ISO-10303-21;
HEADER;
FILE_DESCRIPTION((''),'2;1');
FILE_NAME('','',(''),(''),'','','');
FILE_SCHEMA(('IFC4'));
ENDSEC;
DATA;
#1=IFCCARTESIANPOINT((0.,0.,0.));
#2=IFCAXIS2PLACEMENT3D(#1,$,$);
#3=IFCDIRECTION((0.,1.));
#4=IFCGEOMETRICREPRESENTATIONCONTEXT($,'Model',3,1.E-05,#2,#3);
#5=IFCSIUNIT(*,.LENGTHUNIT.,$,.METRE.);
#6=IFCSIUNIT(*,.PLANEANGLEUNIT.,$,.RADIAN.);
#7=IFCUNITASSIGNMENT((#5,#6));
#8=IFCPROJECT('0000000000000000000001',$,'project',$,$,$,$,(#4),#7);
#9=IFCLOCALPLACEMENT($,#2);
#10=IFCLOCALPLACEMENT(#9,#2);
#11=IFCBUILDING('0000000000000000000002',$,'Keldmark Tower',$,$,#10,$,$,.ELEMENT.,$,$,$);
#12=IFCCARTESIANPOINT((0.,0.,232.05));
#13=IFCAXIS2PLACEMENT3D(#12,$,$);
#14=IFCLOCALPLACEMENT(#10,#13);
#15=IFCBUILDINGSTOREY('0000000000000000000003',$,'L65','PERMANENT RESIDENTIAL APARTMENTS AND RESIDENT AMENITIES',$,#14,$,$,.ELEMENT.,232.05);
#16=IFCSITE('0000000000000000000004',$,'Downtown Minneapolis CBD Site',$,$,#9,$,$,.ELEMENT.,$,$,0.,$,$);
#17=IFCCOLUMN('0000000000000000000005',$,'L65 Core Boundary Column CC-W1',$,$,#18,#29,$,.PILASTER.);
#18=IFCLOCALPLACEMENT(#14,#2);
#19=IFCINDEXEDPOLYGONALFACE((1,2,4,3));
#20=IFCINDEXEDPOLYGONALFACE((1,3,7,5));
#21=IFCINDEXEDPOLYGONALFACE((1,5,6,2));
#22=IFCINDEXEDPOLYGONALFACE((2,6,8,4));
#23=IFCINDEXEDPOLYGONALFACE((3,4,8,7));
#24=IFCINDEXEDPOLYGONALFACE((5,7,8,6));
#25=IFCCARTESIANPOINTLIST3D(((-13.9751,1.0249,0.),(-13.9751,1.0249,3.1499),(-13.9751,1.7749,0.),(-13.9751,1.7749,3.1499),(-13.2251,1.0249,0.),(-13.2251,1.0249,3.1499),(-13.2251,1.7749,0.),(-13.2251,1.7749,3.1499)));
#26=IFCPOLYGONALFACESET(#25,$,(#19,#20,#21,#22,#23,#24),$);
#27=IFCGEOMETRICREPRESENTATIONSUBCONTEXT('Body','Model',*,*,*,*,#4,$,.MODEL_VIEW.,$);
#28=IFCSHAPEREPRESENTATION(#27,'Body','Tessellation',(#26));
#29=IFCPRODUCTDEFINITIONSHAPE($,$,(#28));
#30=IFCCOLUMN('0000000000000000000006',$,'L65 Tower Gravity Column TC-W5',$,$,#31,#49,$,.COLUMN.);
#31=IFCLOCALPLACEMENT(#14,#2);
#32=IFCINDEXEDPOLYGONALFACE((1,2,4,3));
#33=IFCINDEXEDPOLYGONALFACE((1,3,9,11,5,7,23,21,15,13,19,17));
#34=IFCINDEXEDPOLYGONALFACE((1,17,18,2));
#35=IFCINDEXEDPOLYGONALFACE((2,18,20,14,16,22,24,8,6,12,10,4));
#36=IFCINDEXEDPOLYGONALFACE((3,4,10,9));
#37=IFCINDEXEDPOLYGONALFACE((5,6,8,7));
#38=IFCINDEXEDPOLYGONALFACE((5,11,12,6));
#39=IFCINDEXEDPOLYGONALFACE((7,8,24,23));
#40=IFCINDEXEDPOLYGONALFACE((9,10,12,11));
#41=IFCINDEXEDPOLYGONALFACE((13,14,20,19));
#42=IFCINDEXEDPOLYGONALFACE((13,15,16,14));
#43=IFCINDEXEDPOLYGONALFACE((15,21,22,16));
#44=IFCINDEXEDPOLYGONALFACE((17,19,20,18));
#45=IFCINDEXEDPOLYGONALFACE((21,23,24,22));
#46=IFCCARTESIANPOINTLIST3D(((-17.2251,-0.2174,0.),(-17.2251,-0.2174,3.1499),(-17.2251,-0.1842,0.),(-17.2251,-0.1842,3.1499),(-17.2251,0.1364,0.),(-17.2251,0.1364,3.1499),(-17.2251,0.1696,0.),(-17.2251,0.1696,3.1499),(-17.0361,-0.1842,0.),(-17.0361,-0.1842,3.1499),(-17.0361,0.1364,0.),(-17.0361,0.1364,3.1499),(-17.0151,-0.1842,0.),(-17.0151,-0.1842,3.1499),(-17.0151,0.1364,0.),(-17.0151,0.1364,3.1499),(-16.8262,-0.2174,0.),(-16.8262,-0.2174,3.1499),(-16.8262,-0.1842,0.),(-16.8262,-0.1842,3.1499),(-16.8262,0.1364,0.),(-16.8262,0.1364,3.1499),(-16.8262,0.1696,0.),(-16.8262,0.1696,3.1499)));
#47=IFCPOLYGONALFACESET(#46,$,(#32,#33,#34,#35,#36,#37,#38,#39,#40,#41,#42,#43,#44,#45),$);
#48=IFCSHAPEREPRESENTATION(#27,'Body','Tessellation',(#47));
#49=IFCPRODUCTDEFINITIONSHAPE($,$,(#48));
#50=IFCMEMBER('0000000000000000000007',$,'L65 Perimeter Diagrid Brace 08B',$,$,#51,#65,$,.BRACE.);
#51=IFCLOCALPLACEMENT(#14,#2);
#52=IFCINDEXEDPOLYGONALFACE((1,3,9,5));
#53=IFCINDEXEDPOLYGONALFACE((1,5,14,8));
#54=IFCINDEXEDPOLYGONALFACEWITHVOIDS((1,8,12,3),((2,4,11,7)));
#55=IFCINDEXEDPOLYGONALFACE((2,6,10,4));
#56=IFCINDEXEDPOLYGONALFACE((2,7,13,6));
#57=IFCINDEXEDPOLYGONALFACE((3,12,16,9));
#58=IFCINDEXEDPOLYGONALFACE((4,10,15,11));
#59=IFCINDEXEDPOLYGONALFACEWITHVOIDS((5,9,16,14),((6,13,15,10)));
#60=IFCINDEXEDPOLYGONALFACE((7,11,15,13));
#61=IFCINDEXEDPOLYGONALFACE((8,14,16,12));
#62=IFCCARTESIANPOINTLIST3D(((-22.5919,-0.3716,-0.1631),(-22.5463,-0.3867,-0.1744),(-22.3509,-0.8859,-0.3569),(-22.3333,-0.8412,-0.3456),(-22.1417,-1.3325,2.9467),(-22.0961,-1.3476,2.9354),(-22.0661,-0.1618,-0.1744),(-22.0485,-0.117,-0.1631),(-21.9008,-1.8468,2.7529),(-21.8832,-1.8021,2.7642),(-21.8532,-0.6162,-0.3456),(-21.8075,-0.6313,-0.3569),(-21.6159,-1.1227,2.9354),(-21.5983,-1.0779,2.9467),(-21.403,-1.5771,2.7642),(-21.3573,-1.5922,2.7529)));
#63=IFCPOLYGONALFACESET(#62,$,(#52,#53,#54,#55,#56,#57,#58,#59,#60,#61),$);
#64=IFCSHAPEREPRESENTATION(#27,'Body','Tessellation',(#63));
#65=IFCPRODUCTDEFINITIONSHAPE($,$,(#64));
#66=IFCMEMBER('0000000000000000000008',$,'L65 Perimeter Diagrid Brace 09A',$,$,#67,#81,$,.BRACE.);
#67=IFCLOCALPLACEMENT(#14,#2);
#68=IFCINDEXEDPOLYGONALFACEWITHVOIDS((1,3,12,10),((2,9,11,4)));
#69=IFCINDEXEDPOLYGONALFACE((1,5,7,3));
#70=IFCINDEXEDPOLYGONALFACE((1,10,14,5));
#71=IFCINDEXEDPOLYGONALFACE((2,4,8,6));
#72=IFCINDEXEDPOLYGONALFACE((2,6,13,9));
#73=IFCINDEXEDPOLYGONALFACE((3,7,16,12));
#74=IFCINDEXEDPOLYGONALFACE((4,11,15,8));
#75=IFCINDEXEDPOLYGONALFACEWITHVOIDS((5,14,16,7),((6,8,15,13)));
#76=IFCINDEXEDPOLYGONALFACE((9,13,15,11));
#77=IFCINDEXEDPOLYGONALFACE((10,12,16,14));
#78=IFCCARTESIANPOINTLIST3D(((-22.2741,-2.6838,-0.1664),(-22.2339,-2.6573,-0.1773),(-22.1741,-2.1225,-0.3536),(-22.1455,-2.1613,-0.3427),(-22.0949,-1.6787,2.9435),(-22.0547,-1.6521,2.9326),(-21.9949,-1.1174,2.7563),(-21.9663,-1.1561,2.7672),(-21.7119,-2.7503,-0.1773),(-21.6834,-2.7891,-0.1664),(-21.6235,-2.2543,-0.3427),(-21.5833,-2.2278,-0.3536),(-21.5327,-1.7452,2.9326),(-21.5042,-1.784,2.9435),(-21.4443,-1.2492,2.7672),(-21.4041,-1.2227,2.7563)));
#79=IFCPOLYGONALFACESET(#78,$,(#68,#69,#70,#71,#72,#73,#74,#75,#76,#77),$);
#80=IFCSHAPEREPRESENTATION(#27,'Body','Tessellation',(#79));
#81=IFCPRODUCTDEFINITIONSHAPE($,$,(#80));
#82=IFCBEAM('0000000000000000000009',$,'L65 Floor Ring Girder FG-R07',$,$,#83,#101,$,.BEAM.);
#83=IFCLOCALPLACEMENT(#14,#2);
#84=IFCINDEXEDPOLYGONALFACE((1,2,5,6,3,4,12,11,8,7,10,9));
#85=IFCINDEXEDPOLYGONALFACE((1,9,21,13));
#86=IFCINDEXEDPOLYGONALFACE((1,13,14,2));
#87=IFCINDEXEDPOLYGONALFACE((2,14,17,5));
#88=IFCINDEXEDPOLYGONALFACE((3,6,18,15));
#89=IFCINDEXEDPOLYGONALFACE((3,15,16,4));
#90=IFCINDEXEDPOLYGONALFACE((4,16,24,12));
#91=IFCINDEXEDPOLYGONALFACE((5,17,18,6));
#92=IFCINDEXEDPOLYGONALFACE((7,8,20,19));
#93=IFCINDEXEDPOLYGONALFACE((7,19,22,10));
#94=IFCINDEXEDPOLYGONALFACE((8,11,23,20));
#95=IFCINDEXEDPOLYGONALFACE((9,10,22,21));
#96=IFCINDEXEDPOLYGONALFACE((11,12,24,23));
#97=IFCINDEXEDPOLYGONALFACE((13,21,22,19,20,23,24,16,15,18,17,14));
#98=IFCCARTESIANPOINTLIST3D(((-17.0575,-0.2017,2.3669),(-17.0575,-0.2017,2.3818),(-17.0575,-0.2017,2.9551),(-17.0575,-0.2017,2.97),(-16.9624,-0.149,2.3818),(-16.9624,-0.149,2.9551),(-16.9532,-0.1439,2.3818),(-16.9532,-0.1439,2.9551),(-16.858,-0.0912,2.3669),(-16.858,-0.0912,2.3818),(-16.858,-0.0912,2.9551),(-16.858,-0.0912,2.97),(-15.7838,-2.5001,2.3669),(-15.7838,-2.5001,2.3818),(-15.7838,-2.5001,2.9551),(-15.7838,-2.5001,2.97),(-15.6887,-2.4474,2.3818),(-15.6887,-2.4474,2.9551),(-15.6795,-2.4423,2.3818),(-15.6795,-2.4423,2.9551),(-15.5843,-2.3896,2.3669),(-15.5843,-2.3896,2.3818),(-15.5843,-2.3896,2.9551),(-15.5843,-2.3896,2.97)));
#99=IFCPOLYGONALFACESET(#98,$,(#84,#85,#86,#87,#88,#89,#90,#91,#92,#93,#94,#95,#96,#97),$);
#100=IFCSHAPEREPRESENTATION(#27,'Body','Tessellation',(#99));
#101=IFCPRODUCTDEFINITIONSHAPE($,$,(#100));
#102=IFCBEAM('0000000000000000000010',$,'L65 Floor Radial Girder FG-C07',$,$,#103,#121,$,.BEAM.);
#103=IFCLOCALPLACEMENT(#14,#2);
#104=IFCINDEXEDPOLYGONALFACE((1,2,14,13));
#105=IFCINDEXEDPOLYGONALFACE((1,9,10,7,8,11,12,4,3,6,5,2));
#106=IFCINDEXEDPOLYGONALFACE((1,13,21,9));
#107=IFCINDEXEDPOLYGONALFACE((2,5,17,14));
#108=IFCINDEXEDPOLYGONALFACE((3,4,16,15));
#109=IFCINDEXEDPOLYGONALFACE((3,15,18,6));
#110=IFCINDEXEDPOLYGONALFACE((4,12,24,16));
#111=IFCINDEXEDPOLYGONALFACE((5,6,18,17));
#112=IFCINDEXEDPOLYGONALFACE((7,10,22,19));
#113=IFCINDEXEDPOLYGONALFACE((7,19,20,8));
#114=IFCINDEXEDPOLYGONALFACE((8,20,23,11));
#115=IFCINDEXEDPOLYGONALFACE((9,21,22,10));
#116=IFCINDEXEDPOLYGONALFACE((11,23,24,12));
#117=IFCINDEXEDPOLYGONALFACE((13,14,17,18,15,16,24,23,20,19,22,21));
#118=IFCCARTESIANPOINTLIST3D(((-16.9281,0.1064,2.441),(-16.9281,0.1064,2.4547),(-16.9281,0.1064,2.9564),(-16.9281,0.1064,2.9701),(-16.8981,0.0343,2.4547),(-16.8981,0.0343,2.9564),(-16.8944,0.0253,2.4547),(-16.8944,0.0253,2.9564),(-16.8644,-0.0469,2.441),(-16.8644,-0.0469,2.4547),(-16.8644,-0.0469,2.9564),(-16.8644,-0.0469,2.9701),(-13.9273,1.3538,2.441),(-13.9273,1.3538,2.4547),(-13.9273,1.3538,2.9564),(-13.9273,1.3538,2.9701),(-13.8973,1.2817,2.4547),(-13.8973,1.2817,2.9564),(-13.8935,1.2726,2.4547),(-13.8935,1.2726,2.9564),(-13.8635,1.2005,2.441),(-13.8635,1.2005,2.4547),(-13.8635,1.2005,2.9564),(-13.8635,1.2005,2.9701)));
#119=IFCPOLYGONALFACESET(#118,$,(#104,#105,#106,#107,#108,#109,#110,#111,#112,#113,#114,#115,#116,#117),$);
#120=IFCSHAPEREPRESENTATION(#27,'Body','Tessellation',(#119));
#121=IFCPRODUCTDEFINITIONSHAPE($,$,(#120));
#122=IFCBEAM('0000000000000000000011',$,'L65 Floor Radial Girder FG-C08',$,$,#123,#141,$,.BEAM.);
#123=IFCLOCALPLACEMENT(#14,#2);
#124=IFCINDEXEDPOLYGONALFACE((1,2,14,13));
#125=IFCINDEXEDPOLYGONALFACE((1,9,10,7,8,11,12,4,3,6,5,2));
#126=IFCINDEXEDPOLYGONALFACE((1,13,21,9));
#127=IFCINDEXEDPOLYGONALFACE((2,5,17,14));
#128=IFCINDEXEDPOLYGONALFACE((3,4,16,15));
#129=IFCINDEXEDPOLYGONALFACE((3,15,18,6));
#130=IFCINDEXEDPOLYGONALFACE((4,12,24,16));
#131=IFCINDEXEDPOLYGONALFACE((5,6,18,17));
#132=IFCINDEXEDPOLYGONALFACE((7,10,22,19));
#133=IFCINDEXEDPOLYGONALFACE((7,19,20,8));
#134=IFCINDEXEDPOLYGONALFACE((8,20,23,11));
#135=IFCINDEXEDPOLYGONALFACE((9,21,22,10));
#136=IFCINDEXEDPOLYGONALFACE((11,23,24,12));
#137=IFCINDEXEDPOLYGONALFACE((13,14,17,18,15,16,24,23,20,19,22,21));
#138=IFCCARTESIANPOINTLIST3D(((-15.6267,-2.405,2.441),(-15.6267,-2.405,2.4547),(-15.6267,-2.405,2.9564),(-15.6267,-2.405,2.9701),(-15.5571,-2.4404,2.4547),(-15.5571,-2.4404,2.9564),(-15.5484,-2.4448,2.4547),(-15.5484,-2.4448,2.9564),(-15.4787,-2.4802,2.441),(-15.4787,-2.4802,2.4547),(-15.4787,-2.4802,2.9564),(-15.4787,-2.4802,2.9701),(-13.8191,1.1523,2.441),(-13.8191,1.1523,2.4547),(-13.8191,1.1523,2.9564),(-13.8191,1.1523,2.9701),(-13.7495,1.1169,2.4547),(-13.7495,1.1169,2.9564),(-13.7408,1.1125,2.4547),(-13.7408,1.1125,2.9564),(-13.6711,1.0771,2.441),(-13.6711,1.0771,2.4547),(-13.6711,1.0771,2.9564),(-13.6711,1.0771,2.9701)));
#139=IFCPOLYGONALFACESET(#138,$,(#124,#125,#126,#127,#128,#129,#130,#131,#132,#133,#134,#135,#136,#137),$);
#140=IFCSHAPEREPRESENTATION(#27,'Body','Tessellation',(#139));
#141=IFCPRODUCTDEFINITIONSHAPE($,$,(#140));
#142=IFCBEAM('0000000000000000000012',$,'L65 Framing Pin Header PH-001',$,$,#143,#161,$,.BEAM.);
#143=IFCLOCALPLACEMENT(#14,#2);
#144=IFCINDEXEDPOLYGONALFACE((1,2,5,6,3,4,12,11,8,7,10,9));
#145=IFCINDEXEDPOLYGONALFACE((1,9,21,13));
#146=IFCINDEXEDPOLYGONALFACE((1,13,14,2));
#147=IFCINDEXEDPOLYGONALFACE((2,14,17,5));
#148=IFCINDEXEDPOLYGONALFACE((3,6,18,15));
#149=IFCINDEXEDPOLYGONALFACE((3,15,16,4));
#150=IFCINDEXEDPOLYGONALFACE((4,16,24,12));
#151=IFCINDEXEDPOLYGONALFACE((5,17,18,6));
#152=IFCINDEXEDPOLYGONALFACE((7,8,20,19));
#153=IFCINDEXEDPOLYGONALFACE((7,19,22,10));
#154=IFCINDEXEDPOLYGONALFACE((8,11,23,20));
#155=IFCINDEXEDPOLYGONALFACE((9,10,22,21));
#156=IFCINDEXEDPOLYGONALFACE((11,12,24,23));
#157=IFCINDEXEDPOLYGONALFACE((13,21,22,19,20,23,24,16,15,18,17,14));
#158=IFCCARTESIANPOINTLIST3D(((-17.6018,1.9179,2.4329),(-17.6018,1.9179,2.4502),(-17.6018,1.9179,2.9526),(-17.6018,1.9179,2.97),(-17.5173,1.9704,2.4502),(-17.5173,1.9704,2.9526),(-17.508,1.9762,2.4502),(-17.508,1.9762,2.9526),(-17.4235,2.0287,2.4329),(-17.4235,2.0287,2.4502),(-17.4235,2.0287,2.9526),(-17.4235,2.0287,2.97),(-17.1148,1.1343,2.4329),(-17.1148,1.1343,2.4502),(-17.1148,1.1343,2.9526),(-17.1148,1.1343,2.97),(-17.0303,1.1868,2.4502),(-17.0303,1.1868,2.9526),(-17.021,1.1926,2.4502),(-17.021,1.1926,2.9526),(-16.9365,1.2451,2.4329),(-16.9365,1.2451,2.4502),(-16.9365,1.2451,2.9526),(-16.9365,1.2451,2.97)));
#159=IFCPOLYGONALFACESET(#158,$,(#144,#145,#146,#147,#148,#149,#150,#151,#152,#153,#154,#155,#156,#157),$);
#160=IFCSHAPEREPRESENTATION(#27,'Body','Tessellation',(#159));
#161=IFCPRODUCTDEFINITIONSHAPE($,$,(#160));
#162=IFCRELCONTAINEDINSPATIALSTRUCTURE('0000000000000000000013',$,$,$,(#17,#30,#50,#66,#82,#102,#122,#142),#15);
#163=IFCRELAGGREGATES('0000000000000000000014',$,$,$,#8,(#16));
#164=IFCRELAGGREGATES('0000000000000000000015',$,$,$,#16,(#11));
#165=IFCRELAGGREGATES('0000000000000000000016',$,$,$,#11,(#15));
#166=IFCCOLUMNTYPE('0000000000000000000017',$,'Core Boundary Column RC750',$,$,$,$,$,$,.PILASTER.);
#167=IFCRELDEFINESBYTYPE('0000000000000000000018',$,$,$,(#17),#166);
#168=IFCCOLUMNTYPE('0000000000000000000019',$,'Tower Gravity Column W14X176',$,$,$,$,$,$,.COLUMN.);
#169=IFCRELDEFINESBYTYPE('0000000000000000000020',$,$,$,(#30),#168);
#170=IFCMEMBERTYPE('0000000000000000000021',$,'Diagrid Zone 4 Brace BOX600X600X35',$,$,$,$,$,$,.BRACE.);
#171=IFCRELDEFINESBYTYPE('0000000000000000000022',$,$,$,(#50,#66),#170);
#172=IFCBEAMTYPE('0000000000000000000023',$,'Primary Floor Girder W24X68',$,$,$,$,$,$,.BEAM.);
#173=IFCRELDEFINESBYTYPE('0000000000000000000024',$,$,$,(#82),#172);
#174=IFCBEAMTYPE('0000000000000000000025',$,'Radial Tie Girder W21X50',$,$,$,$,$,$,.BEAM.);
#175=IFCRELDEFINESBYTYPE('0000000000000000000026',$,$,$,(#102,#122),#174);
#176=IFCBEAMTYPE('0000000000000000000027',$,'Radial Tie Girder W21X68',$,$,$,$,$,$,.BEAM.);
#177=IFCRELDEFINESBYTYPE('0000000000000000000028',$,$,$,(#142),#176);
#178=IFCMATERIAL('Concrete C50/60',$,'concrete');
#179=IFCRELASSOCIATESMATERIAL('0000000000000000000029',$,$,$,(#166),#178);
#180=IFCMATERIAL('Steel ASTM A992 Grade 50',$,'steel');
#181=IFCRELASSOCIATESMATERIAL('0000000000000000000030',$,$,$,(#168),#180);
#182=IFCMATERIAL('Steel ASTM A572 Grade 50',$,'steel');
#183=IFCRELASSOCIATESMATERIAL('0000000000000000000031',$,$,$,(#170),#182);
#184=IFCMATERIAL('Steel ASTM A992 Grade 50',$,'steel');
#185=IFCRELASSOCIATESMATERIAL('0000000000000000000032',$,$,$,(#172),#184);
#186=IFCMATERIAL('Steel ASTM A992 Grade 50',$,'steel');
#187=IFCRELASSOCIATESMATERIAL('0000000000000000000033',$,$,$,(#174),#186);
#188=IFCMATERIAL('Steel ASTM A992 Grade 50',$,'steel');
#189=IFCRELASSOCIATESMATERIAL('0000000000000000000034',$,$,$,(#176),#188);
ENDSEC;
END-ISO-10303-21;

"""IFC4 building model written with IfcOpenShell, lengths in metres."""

from ifc_helpers import new_model, si_unit, direction, frame, origin, origin_2d, place, context, subcontext, project, spatial, rectangle, hollow_rectangle, i_section, extrude, material, material_profile, profile_set, type_object, element, save


model = new_model("IFC4")

# Units and contexts
model_context = context("Model", 3, precision=1e-05, world=origin(), true_north=direction((0.0, 1.0)))
body_context = subcontext(model_context, "Body", "Model", "MODEL_VIEW")
ifc_project = project(units=[si_unit("LENGTHUNIT", "METRE"), si_unit("PLANEANGLEUNIT", "RADIAN")], contexts=[model_context])

# Site, building, storey
site_placement = place(None, origin())
site = spatial("IfcSite", under=ifc_project, at=site_placement, Name="Downtown Minneapolis CBD Site", CompositionType="ELEMENT", RefElevation=0.0)
building_placement = place(site_placement, origin())
building = spatial("IfcBuilding", under=site, at=building_placement, Name="Keldmark Tower", CompositionType="ELEMENT")
storey_placement = place(building_placement, frame((0.0, 0.0, 232.05)))
storey = spatial("IfcBuildingStorey", under=building, at=storey_placement, Name="L65", Description="PERMANENT RESIDENTIAL APARTMENTS AND RESIDENT AMENITIES", CompositionType="ELEMENT", Elevation=232.05)

# Columns
ifc_material_1 = material(Name="Concrete C50/60", Category="concrete")
ifc_material_profile_1 = material_profile(ifc_material_1, rectangle(XDim=0.75, YDim=0.75, at=origin_2d()), Name="RC750X750")
ifc_profile_set_1 = profile_set([ifc_material_profile_1], Name="Concrete C50/60")
column_type_1 = type_object("IfcColumnType", Name="Core Boundary Column RC750", PredefinedType="PILASTER", material=ifc_profile_set_1)
column_1_placement = place(storey_placement, frame((-13.6001, 1.3999, 0.0), z_axis=(0.0, 0.0, 1.0), x_axis=(1.0, 0.0, 0.0)))
element("IfcColumn", 1, at=column_1_placement, inside=storey, type_object=column_type_1, Name="L65 Core Boundary Column CC-W1", PredefinedType="PILASTER", context=body_context, shape_type="SweptSolid", body=[
    extrude(rectangle(XDim=0.75, YDim=0.75, at=origin_2d()), origin(), (0.0, 0.0, 1.0), 3.1499),
])
ifc_material_2 = material(Name="Steel ASTM A992 Grade 50", Category="steel")
ifc_material_profile_2 = material_profile(ifc_material_2, i_section(OverallWidth=0.3989, OverallDepth=0.387, WebThickness=0.021, FlangeThickness=0.0332, at=origin_2d()), Name="W14X176")
ifc_profile_set_2 = profile_set([ifc_material_profile_2], Name="Steel ASTM A992 Grade 50")
column_type_2 = type_object("IfcColumnType", Name="Tower Gravity Column W14X176", PredefinedType="COLUMN", material=ifc_profile_set_2)
column_2_placement = place(storey_placement, frame((-17.0256, -0.0239, 0.0), z_axis=(0.0, 0.0, 1.0), x_axis=(1.0, 0.0, 0.0)))
element("IfcColumn", 2, at=column_2_placement, inside=storey, type_object=column_type_2, Name="L65 Tower Gravity Column TC-W5", PredefinedType="COLUMN", context=body_context, shape_type="SweptSolid", body=[
    extrude(i_section(OverallWidth=0.3989, OverallDepth=0.387, WebThickness=0.021, FlangeThickness=0.0332, at=origin_2d()), origin(), (0.0, 0.0, 1.0), 3.1499),
])

# Members
ifc_material_3 = material(Name="Steel ASTM A572 Grade 50", Category="steel")
ifc_material_profile_3 = material_profile(ifc_material_3, hollow_rectangle(XDim=0.6001, YDim=0.6001, WallThickness=0.0349, at=origin_2d()), Name="BOX600X600X35")
ifc_profile_set_3 = profile_set([ifc_material_profile_3], Name="Steel ASTM A572 Grade 50")
member_type = type_object("IfcMemberType", Name="Diagrid Zone 4 Brace BOX600X600X35", PredefinedType="BRACE", material=ifc_profile_set_3)
member_1_placement = place(storey_placement, frame((-22.1997, -0.5015, -0.26), z_axis=(0.137007, -0.29244, 0.946418), x_axis=(0.905547, 0.424245, 0.0)))
element("IfcMember", 3, at=member_1_placement, inside=storey, type_object=member_type, Name="L65 Perimeter Diagrid Brace 08B", PredefinedType="BRACE", context=body_context, shape_type="SweptSolid", body=[
    extrude(hollow_rectangle(XDim=0.6001, YDim=0.6001, WallThickness=0.0349, at=origin_2d()), origin(), (0.0, 0.0, 1.0), 3.2859),
])
member_2_placement = place(storey_placement, frame((-21.9287, -2.4558, -0.26), z_axis=(0.054748, 0.307081, 0.950107), x_axis=(-0.984476, 0.175518, 0.0)))
element("IfcMember", 4, at=member_2_placement, inside=storey, type_object=member_type, Name="L65 Perimeter Diagrid Brace 09A", PredefinedType="BRACE", context=body_context, shape_type="SweptSolid", body=[
    extrude(hollow_rectangle(XDim=0.6001, YDim=0.6001, WallThickness=0.0349, at=origin_2d()), origin(), (0.0, 0.0, 1.0), 3.2732),
])

# Beams
ifc_material_4 = material(Name="Steel ASTM A992 Grade 50", Category="steel")
ifc_material_profile_4 = material_profile(ifc_material_4, i_section(OverallWidth=0.228, OverallDepth=0.603, WebThickness=0.0105, FlangeThickness=0.0149, at=origin_2d()), Name="W24X68")
ifc_profile_set_4 = profile_set([ifc_material_profile_4], Name="Steel ASTM A992 Grade 50")
beam_type_1 = type_object("IfcBeamType", Name="Primary Floor Girder W24X68", PredefinedType="BEAM", material=ifc_profile_set_4)
beam_1_placement = place(storey_placement, frame((-16.9578, -0.1465, 2.6685), z_axis=(0.48472, -0.87467, 0.0), x_axis=(0.87467, 0.48472, 0.0)))
element("IfcBeam", 5, at=beam_1_placement, inside=storey, type_object=beam_type_1, Name="L65 Floor Ring Girder FG-R07", PredefinedType="BEAM", context=body_context, shape_type="SweptSolid", body=[
    extrude(i_section(OverallWidth=0.228, OverallDepth=0.603, WebThickness=0.0105, FlangeThickness=0.0149, at=origin_2d()), origin(), (0.0, 0.0, 1.0), 2.6277),
])
ifc_material_5 = material(Name="Steel ASTM A992 Grade 50", Category="steel")
ifc_material_profile_5 = material_profile(ifc_material_5, i_section(OverallWidth=0.166, OverallDepth=0.5291, WebThickness=0.0098, FlangeThickness=0.0137, at=origin_2d()), Name="W21X50")
ifc_profile_set_5 = profile_set([ifc_material_profile_5], Name="Steel ASTM A992 Grade 50")
beam_type_2 = type_object("IfcBeamType", Name="Radial Tie Girder W21X50", PredefinedType="BEAM", material=ifc_profile_set_5)
beam_2_placement = place(storey_placement, frame((-16.8962, 0.0298, 2.7056), z_axis=(0.923403, 0.383831, 0.0), x_axis=(-0.383831, 0.923403, 0.0)))
element("IfcBeam", 6, at=beam_2_placement, inside=storey, type_object=beam_type_2, Name="L65 Floor Radial Girder FG-C07", PredefinedType="BEAM", context=body_context, shape_type="SweptSolid", body=[
    extrude(i_section(OverallWidth=0.166, OverallDepth=0.5291, WebThickness=0.0098, FlangeThickness=0.0137, at=origin_2d()), origin(), (0.0, 0.0, 1.0), 3.2498),
])
beam_3_placement = place(storey_placement, frame((-15.5527, -2.4426, 2.7056), z_axis=(0.453004, 0.891508, 0.0), x_axis=(-0.891508, 0.453004, 0.0)))
element("IfcBeam", 7, at=beam_3_placement, inside=storey, type_object=beam_type_2, Name="L65 Floor Radial Girder FG-C08", PredefinedType="BEAM", context=body_context, shape_type="SweptSolid", body=[
    extrude(i_section(OverallWidth=0.166, OverallDepth=0.5291, WebThickness=0.0098, FlangeThickness=0.0137, at=origin_2d()), origin(), (0.0, 0.0, 1.0), 3.9902),
])
ifc_material_6 = material(Name="Steel ASTM A992 Grade 50", Category="steel")
ifc_material_profile_6 = material_profile(ifc_material_6, i_section(OverallWidth=0.21, OverallDepth=0.5371, WebThickness=0.011, FlangeThickness=0.0173, at=origin_2d()), Name="W21X68")
ifc_profile_set_6 = profile_set([ifc_material_profile_6], Name="Steel ASTM A992 Grade 50")
beam_type_3 = type_object("IfcBeamType", Name="Radial Tie Girder W21X68", PredefinedType="BEAM", material=ifc_profile_set_6)
beam_4_placement = place(storey_placement, frame((-17.0256, 1.1897, 2.7014), z_axis=(-0.527857, 0.849333, 0.0), x_axis=(-0.849333, -0.527857, 0.0)))
element("IfcBeam", 8, at=beam_4_placement, inside=storey, type_object=beam_type_3, Name="L65 Framing Pin Header PH-001", PredefinedType="BEAM", context=body_context, shape_type="SweptSolid", body=[
    extrude(i_section(OverallWidth=0.21, OverallDepth=0.5371, WebThickness=0.011, FlangeThickness=0.0173, at=origin_2d()), origin(), (0.0, 0.0, 1.0), 0.9226),
])

save(model, "model.ifc")
